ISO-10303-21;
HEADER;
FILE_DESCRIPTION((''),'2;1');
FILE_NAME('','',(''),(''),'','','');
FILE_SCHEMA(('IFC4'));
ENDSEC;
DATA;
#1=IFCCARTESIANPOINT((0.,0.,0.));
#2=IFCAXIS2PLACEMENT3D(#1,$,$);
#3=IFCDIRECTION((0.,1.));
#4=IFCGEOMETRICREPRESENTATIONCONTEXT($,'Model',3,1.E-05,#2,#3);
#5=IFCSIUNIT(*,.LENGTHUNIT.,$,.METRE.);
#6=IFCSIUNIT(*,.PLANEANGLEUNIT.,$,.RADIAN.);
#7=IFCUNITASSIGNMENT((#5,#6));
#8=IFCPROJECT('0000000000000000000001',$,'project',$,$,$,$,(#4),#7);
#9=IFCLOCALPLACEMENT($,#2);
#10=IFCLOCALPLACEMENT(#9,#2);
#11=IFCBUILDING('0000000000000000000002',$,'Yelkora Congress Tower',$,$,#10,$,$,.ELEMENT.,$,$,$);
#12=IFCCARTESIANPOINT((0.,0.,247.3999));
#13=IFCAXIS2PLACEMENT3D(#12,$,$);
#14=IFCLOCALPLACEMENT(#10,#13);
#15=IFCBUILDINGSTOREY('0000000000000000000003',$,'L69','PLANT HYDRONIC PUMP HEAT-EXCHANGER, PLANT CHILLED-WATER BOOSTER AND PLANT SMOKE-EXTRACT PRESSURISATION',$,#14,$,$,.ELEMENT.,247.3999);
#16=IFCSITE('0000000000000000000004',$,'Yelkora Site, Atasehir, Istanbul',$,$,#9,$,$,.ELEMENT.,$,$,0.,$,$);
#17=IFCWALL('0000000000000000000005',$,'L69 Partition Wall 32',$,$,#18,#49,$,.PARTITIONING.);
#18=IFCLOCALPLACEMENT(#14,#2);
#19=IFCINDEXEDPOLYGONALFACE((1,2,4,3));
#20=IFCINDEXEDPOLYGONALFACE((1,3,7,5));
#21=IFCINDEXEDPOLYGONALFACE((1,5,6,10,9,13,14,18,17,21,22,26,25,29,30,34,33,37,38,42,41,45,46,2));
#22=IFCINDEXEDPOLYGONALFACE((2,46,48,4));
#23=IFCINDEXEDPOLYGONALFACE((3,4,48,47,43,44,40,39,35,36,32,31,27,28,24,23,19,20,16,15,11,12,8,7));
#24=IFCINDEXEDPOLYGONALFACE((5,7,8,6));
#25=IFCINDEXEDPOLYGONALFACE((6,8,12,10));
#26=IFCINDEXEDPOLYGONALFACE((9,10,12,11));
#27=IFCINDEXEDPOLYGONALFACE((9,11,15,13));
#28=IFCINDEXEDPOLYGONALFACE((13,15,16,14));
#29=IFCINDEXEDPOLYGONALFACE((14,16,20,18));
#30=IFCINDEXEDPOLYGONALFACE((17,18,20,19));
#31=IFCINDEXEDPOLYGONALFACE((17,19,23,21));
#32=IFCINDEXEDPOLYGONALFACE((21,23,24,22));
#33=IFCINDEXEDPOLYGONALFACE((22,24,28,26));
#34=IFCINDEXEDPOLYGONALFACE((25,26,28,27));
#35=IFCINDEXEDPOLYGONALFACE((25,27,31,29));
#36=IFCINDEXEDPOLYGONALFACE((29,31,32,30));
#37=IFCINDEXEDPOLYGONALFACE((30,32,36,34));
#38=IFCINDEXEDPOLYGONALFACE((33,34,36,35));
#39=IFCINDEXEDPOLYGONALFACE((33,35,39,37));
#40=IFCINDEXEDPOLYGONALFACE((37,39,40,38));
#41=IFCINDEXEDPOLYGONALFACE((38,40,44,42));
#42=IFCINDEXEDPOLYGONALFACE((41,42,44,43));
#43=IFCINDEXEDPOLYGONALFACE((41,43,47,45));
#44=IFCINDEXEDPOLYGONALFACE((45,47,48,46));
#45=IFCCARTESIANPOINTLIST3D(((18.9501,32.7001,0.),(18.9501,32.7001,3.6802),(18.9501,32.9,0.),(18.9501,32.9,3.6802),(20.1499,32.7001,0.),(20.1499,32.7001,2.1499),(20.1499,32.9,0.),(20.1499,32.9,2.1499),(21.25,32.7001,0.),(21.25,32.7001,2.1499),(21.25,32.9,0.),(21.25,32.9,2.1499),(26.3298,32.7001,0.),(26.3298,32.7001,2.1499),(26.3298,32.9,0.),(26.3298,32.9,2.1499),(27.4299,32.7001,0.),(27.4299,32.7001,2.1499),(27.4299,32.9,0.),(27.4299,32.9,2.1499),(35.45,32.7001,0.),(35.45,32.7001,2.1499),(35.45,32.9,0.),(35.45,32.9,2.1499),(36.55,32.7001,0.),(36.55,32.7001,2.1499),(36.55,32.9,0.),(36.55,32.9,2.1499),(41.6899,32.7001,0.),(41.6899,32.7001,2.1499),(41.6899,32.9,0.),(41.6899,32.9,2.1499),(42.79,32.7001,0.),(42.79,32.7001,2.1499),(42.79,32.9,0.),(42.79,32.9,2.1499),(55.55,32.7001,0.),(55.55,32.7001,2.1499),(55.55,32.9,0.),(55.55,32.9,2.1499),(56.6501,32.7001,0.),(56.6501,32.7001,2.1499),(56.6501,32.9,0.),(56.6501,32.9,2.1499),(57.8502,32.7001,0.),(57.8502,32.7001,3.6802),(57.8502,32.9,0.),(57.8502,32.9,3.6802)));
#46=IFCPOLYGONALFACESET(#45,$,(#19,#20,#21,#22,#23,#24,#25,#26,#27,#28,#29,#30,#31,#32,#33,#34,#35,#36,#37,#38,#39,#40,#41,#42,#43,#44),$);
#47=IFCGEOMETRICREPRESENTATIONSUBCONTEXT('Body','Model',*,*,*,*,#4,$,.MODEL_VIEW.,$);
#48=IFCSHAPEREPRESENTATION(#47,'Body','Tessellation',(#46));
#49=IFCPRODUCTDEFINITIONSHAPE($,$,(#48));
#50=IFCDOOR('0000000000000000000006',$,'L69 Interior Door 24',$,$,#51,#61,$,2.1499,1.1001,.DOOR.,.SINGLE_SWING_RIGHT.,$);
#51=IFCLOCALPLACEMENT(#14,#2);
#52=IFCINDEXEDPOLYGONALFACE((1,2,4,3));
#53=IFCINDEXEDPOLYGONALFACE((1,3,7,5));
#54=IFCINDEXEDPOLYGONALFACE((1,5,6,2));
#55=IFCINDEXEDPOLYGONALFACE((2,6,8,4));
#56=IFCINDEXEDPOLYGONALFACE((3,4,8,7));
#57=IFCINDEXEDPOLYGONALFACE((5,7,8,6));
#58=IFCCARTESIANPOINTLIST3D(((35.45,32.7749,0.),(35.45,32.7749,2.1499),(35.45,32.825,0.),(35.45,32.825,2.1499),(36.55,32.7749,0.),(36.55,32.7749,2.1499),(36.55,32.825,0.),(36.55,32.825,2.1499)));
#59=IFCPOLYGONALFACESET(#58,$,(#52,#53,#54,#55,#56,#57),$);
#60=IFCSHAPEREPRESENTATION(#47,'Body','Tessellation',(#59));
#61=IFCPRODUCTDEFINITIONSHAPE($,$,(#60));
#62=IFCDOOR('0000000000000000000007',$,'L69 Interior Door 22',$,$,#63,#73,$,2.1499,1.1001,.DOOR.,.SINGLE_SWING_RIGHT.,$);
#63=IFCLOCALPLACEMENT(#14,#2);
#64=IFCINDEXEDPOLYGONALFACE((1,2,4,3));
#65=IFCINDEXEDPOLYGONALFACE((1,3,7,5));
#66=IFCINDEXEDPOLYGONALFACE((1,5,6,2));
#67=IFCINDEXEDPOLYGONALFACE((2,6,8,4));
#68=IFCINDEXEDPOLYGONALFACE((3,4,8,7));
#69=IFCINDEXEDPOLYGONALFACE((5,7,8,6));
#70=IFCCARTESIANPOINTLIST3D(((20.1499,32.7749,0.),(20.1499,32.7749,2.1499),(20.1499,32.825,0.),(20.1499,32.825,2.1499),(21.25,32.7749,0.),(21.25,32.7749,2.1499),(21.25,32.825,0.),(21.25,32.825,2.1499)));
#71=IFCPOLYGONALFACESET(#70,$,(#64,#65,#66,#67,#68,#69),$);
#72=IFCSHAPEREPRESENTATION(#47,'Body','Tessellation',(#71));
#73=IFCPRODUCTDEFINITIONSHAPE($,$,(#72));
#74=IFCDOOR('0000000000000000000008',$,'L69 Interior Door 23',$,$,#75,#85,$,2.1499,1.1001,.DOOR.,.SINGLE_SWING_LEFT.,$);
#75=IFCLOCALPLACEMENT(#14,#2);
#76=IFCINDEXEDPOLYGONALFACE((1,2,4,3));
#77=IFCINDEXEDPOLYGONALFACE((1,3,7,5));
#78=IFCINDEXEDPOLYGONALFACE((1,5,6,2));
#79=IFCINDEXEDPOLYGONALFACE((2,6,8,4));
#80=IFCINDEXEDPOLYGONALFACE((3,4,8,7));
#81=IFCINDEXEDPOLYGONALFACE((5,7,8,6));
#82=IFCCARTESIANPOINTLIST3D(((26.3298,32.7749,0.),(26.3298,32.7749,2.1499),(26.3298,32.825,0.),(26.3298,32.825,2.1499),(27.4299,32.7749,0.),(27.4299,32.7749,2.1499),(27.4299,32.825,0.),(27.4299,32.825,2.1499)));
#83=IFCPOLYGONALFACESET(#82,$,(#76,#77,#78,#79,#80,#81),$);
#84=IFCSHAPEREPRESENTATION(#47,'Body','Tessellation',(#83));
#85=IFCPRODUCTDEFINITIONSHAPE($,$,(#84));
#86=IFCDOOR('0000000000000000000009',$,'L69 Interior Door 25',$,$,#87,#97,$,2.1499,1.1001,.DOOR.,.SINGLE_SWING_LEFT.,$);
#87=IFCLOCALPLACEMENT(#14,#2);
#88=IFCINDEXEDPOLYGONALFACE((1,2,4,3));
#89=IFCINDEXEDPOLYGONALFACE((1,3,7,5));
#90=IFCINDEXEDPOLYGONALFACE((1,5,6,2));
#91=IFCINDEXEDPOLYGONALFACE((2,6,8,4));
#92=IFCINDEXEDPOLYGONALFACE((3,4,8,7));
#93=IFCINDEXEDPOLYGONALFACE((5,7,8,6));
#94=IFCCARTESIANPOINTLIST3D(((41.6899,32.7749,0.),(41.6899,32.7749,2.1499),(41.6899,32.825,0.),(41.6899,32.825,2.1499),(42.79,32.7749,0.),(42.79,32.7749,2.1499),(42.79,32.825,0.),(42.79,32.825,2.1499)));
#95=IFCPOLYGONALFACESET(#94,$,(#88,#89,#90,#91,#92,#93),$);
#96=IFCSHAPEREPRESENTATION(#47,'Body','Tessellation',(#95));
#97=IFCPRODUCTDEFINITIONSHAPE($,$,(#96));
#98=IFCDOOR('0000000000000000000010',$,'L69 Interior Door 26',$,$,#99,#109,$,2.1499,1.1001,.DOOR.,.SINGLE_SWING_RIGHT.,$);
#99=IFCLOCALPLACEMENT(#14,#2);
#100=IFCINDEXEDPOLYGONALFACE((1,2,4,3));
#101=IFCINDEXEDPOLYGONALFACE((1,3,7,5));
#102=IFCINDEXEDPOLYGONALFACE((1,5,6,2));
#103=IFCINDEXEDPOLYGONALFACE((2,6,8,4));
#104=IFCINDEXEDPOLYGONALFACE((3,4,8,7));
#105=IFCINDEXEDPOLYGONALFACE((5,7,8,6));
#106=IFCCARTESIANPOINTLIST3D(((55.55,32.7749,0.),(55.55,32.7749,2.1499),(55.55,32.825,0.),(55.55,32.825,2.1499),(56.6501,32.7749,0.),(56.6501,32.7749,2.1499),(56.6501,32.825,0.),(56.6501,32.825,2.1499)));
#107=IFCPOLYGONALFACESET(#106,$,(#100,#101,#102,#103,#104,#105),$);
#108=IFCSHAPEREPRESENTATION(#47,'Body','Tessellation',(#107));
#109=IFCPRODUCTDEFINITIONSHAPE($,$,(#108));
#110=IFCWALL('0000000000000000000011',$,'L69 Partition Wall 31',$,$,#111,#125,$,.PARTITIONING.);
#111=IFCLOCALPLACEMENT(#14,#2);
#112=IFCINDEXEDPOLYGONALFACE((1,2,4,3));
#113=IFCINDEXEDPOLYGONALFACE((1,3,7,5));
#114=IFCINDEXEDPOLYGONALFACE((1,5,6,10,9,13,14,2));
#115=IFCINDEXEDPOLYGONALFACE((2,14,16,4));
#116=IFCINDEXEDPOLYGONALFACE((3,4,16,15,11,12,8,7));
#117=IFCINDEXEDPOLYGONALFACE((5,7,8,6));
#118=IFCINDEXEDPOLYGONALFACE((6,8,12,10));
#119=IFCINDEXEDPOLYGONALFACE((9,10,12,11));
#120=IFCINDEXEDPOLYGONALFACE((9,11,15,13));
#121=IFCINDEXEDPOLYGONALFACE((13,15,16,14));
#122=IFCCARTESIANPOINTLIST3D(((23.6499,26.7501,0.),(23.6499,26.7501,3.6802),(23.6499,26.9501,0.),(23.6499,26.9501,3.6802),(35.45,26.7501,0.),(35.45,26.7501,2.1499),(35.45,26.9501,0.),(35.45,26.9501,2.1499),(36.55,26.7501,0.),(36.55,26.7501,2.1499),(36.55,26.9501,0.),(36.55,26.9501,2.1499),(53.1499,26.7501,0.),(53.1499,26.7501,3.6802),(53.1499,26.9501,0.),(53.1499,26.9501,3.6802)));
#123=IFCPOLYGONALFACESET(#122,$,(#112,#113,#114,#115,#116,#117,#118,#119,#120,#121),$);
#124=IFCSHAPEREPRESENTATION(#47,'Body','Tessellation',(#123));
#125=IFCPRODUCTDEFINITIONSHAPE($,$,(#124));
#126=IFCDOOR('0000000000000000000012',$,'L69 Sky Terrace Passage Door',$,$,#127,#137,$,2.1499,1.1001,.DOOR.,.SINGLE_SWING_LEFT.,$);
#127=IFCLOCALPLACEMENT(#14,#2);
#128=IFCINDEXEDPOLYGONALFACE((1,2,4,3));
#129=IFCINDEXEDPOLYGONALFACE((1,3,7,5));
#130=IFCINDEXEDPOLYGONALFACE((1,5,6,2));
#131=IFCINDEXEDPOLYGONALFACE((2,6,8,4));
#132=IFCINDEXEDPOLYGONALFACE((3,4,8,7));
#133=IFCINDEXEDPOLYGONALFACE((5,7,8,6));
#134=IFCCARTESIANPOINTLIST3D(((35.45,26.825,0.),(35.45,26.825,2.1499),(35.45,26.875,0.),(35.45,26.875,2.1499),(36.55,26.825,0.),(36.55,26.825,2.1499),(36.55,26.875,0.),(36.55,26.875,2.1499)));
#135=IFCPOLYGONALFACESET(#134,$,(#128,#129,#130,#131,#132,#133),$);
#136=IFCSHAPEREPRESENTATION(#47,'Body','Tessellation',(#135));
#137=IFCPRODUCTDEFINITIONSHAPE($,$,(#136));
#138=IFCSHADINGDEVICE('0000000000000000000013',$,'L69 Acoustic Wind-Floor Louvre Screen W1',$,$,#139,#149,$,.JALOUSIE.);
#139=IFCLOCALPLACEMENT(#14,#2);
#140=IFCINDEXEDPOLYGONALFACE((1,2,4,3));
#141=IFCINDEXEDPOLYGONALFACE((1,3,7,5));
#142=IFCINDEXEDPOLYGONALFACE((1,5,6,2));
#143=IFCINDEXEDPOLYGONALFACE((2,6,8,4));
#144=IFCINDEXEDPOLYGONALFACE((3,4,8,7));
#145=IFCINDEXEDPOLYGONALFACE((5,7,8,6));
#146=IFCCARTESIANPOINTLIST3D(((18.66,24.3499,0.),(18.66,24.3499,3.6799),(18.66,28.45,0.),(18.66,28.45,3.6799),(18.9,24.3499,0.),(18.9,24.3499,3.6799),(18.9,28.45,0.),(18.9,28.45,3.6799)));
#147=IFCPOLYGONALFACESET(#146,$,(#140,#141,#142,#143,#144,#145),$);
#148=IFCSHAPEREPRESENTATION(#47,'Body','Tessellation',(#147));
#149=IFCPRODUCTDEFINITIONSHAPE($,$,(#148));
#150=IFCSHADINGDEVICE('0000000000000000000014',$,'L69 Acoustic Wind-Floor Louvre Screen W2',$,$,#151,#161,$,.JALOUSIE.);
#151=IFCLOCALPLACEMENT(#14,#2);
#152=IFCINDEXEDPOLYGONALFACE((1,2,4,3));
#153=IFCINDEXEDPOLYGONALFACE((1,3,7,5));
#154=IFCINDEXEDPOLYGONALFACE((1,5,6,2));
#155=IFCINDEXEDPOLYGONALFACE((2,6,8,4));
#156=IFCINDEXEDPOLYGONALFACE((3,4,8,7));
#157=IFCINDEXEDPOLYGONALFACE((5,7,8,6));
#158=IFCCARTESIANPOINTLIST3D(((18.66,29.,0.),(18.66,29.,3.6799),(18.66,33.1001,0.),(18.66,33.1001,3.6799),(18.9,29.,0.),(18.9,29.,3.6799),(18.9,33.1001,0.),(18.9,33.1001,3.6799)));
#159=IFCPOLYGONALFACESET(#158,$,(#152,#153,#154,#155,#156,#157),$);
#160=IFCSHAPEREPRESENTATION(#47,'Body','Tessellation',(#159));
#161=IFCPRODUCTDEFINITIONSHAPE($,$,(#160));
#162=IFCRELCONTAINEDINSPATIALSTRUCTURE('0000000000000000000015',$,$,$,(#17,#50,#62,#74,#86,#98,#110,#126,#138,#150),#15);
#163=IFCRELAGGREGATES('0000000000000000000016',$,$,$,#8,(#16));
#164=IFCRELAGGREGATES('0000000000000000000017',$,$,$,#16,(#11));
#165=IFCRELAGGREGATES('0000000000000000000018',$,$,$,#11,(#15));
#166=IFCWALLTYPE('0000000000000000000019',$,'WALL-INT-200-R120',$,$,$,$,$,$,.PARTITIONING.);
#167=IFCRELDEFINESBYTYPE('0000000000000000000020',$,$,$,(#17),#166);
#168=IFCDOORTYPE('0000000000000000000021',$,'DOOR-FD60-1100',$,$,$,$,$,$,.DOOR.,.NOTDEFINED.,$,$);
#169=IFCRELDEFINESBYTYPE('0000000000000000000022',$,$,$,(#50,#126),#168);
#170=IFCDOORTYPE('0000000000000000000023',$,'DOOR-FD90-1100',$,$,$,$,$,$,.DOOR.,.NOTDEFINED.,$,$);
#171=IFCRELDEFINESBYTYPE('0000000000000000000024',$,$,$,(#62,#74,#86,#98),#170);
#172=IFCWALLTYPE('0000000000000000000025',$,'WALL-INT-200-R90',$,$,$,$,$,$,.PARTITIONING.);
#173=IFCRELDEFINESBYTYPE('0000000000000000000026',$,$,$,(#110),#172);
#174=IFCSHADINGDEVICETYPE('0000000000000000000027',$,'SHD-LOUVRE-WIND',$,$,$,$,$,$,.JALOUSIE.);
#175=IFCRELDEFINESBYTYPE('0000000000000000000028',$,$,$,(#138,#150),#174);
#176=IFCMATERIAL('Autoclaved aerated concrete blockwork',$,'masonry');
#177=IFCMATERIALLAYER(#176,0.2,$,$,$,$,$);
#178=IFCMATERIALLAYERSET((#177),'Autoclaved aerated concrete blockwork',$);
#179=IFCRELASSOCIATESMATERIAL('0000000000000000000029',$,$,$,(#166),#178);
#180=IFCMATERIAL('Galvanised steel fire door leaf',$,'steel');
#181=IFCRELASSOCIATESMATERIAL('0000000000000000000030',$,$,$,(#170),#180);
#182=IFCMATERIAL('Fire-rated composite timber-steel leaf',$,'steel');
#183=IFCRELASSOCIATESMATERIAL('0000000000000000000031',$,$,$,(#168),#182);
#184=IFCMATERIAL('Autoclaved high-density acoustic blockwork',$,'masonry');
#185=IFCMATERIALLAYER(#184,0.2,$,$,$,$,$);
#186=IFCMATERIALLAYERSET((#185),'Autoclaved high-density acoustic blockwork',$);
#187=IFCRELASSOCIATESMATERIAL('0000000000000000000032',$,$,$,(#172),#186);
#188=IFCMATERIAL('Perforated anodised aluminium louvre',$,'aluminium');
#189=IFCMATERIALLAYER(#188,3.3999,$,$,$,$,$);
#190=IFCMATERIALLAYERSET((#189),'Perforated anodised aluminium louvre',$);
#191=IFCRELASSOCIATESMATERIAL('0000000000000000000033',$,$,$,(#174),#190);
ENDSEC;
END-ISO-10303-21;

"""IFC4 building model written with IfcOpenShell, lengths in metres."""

from ifc_helpers import new_model, si_unit, direction, frame, frame_2d, origin, origin_2d, place, context, subcontext, project, spatial, rectangle, extrude, material, layer, layer_set, type_object, element, fill, save


model = new_model("IFC4")

# Units and contexts
model_context = context("Model", 3, precision=1e-05, world=origin(), true_north=direction((0.0, 1.0)))
body_context = subcontext(model_context, "Body", "Model", "MODEL_VIEW")
ifc_project = project(units=[si_unit("LENGTHUNIT", "METRE"), si_unit("PLANEANGLEUNIT", "RADIAN")], contexts=[model_context])

# Site, building, storey
site_placement = place(None, origin())
site = spatial("IfcSite", under=ifc_project, at=site_placement, Name="Yelkora Site, Atasehir, Istanbul", CompositionType="ELEMENT", RefElevation=0.0)
building_placement = place(site_placement, origin())
building = spatial("IfcBuilding", under=site, at=building_placement, Name="Yelkora Congress Tower", CompositionType="ELEMENT")
storey_placement = place(building_placement, frame((0.0, 0.0, 247.3999)))
storey = spatial("IfcBuildingStorey", under=building, at=storey_placement, Name="L69", Description="PLANT HYDRONIC PUMP HEAT-EXCHANGER, PLANT CHILLED-WATER BOOSTER AND PLANT SMOKE-EXTRACT PRESSURISATION", CompositionType="ELEMENT", Elevation=247.3999)

# Shared definitions
ifc_material_1 = material(Name="Autoclaved aerated concrete blockwork", Category="masonry")
ifc_layer_1 = layer(ifc_material_1, 0.2)
ifc_layer_set_1 = layer_set([ifc_layer_1], Name="Autoclaved aerated concrete blockwork")
wall_type_1 = type_object("IfcWallType", Name="WALL-INT-200-R120", PredefinedType="PARTITIONING", material=ifc_layer_set_1)
ifc_material_2 = material(Name="Galvanised steel fire door leaf", Category="steel")
door_type_1 = type_object("IfcDoorType", Name="DOOR-FD90-1100", OperationType="NOTDEFINED", PredefinedType="DOOR", material=ifc_material_2)

# Wall, openings, doors
wall_1_placement = place(storey_placement, frame((18.95, 32.8, 0.0), z_axis=(0.0, 0.0, 1.0), x_axis=(1.0, 0.0, 0.0)))
wall_1 = element("IfcWall", 1, at=wall_1_placement, inside=storey, type_object=wall_type_1, Name="L69 Partition Wall 32", PredefinedType="PARTITIONING", context=body_context, shape_type="SweptSolid", body=[
    extrude(rectangle(XDim=38.9001, YDim=0.2, at=frame_2d((19.4502, 0.0))), origin(), (0.0, 0.0, 1.0), 3.6802),
])
opening_1_placement = place(wall_1_placement, frame((1.2, 0.0, 0.0)))
opening_1 = element("IfcOpeningElement", 2, at=opening_1_placement, cuts=wall_1, PredefinedType="OPENING", context=body_context, shape_type="SweptSolid", body=[
    extrude(rectangle(XDim=1.1001, YDim=2.1499, at=frame_2d((0.55, 1.075))), frame((0.0, 0.1099, 0.0), z_axis=(0.0, -1.0, 0.0), x_axis=(1.0, 0.0, 0.0)), (0.0, 0.0, 1.0), 0.22),
])
opening_2_placement = place(wall_1_placement, frame((7.3799, 0.0, 0.0)))
opening_2 = element("IfcOpeningElement", 3, at=opening_2_placement, cuts=wall_1, PredefinedType="OPENING", context=body_context, shape_type="SweptSolid", body=[
    extrude(rectangle(XDim=1.1001, YDim=2.1499, at=frame_2d((0.55, 1.075))), frame((0.0, 0.1099, 0.0), z_axis=(0.0, -1.0, 0.0), x_axis=(1.0, 0.0, 0.0)), (0.0, 0.0, 1.0), 0.22),
])
opening_3_placement = place(wall_1_placement, frame((16.5, 0.0, 0.0)))
opening_3 = element("IfcOpeningElement", 4, at=opening_3_placement, cuts=wall_1, PredefinedType="OPENING", context=body_context, shape_type="SweptSolid", body=[
    extrude(rectangle(XDim=1.1001, YDim=2.1499, at=frame_2d((0.55, 1.075))), frame((0.0, 0.1099, 0.0), z_axis=(0.0, -1.0, 0.0), x_axis=(1.0, 0.0, 0.0)), (0.0, 0.0, 1.0), 0.22),
])
opening_4_placement = place(wall_1_placement, frame((22.74, 0.0, 0.0)))
opening_4 = element("IfcOpeningElement", 5, at=opening_4_placement, cuts=wall_1, PredefinedType="OPENING", context=body_context, shape_type="SweptSolid", body=[
    extrude(rectangle(XDim=1.1001, YDim=2.1499, at=frame_2d((0.55, 1.075))), frame((0.0, 0.1099, 0.0), z_axis=(0.0, -1.0, 0.0), x_axis=(1.0, 0.0, 0.0)), (0.0, 0.0, 1.0), 0.22),
])
opening_5_placement = place(wall_1_placement, frame((36.6001, 0.0, 0.0)))
opening_5 = element("IfcOpeningElement", 6, at=opening_5_placement, cuts=wall_1, PredefinedType="OPENING", context=body_context, shape_type="SweptSolid", body=[
    extrude(rectangle(XDim=1.1001, YDim=2.1499, at=frame_2d((0.55, 1.075))), frame((0.0, 0.1099, 0.0), z_axis=(0.0, -1.0, 0.0), x_axis=(1.0, 0.0, 0.0)), (0.0, 0.0, 1.0), 0.22),
])
ifc_material_3 = material(Name="Fire-rated composite timber-steel leaf", Category="steel")
door_type_2 = type_object("IfcDoorType", Name="DOOR-FD60-1100", OperationType="NOTDEFINED", PredefinedType="DOOR", material=ifc_material_3)
door_1_placement = place(opening_3_placement, origin())
door_1 = element("IfcDoor", 7, at=door_1_placement, inside=storey, type_object=door_type_2, Name="L69 Interior Door 24", OperationType="SINGLE_SWING_RIGHT", OverallHeight=2.1499, OverallWidth=1.1001, PredefinedType="DOOR", context=body_context, shape_type="SweptSolid", body=[
    extrude(rectangle(XDim=1.1001, YDim=2.1499, at=frame_2d((0.55, 1.075))), frame((0.0, 0.0249, 0.0), z_axis=(0.0, -1.0, 0.0), x_axis=(1.0, 0.0, 0.0)), (0.0, 0.0, 1.0), 0.05),
])
fill(opening_3, door_1)
door_2_placement = place(opening_1_placement, origin())
door_2 = element("IfcDoor", 8, at=door_2_placement, inside=storey, type_object=door_type_1, Name="L69 Interior Door 22", OperationType="SINGLE_SWING_RIGHT", OverallHeight=2.1499, OverallWidth=1.1001, PredefinedType="DOOR", context=body_context, shape_type="SweptSolid", body=[
    extrude(rectangle(XDim=1.1001, YDim=2.1499, at=frame_2d((0.55, 1.075))), frame((0.0, 0.0249, 0.0), z_axis=(0.0, -1.0, 0.0), x_axis=(1.0, 0.0, 0.0)), (0.0, 0.0, 1.0), 0.05),
])
fill(opening_1, door_2)
door_3_placement = place(opening_2_placement, origin())
door_3 = element("IfcDoor", 9, at=door_3_placement, inside=storey, type_object=door_type_1, Name="L69 Interior Door 23", OperationType="SINGLE_SWING_LEFT", OverallHeight=2.1499, OverallWidth=1.1001, PredefinedType="DOOR", context=body_context, shape_type="SweptSolid", body=[
    extrude(rectangle(XDim=1.1001, YDim=2.1499, at=frame_2d((0.55, 1.075))), frame((0.0, 0.0249, 0.0), z_axis=(0.0, -1.0, 0.0), x_axis=(1.0, 0.0, 0.0)), (0.0, 0.0, 1.0), 0.05),
])
fill(opening_2, door_3)
door_4_placement = place(opening_4_placement, origin())
door_4 = element("IfcDoor", 10, at=door_4_placement, inside=storey, type_object=door_type_1, Name="L69 Interior Door 25", OperationType="SINGLE_SWING_LEFT", OverallHeight=2.1499, OverallWidth=1.1001, PredefinedType="DOOR", context=body_context, shape_type="SweptSolid", body=[
    extrude(rectangle(XDim=1.1001, YDim=2.1499, at=frame_2d((0.55, 1.075))), frame((0.0, 0.0249, 0.0), z_axis=(0.0, -1.0, 0.0), x_axis=(1.0, 0.0, 0.0)), (0.0, 0.0, 1.0), 0.05),
])
fill(opening_4, door_4)
door_5_placement = place(opening_5_placement, origin())
door_5 = element("IfcDoor", 11, at=door_5_placement, inside=storey, type_object=door_type_1, Name="L69 Interior Door 26", OperationType="SINGLE_SWING_RIGHT", OverallHeight=2.1499, OverallWidth=1.1001, PredefinedType="DOOR", context=body_context, shape_type="SweptSolid", body=[
    extrude(rectangle(XDim=1.1001, YDim=2.1499, at=frame_2d((0.55, 1.075))), frame((0.0, 0.0249, 0.0), z_axis=(0.0, -1.0, 0.0), x_axis=(1.0, 0.0, 0.0)), (0.0, 0.0, 1.0), 0.05),
])
fill(opening_5, door_5)

# Wall, opening, door
ifc_material_4 = material(Name="Autoclaved high-density acoustic blockwork", Category="masonry")
ifc_layer_2 = layer(ifc_material_4, 0.2)
ifc_layer_set_2 = layer_set([ifc_layer_2], Name="Autoclaved high-density acoustic blockwork")
wall_type_2 = type_object("IfcWallType", Name="WALL-INT-200-R90", PredefinedType="PARTITIONING", material=ifc_layer_set_2)
wall_2_placement = place(storey_placement, frame((23.6499, 26.8501, 0.0), z_axis=(0.0, 0.0, 1.0), x_axis=(1.0, 0.0, 0.0)))
wall_2 = element("IfcWall", 12, at=wall_2_placement, inside=storey, type_object=wall_type_2, Name="L69 Partition Wall 31", PredefinedType="PARTITIONING", context=body_context, shape_type="SweptSolid", body=[
    extrude(rectangle(XDim=29.5, YDim=0.2, at=frame_2d((14.75, 0.0))), origin(), (0.0, 0.0, 1.0), 3.6802),
])
opening_6_placement = place(wall_2_placement, frame((11.8, 0.0, 0.0)))
opening_6 = element("IfcOpeningElement", 13, at=opening_6_placement, cuts=wall_2, PredefinedType="OPENING", context=body_context, shape_type="SweptSolid", body=[
    extrude(rectangle(XDim=1.1001, YDim=2.1499, at=frame_2d((0.55, 1.075))), frame((0.0, 0.1099, 0.0), z_axis=(0.0, -1.0, 0.0), x_axis=(1.0, 0.0, 0.0)), (0.0, 0.0, 1.0), 0.22),
])
door_6_placement = place(opening_6_placement, origin())
door_6 = element("IfcDoor", 14, at=door_6_placement, inside=storey, type_object=door_type_2, Name="L69 Sky Terrace Passage Door", OperationType="SINGLE_SWING_LEFT", OverallHeight=2.1499, OverallWidth=1.1001, PredefinedType="DOOR", context=body_context, shape_type="SweptSolid", body=[
    extrude(rectangle(XDim=1.1001, YDim=2.1499, at=frame_2d((0.55, 1.075))), frame((0.0, 0.0249, 0.0), z_axis=(0.0, -1.0, 0.0), x_axis=(1.0, 0.0, 0.0)), (0.0, 0.0, 1.0), 0.05),
])
fill(opening_6, door_6)

# Shading devices
ifc_material_5 = material(Name="Perforated anodised aluminium louvre", Category="aluminium")
ifc_layer_3 = layer(ifc_material_5, 3.3999)
ifc_layer_set_3 = layer_set([ifc_layer_3], Name="Perforated anodised aluminium louvre")
shading_device_type = type_object("IfcShadingDeviceType", Name="SHD-LOUVRE-WIND", PredefinedType="JALOUSIE", material=ifc_layer_set_3)
for number, where, z_axis, x_axis, name in (
    (15, (18.78, 26.3999, 0.0), (0.0, 0.0, 1.0), (1.0, 0.0, 0.0), "L69 Acoustic Wind-Floor Louvre Screen W1"),
    (16, (18.78, 31.05, 0.0), (0.0, 0.0, 1.0), (1.0, 0.0, 0.0), "L69 Acoustic Wind-Floor Louvre Screen W2"),
):
    element("IfcShadingDevice", number, at=place(storey_placement, frame(where, z_axis=z_axis, x_axis=x_axis)), inside=storey, type_object=shading_device_type, Name=name, PredefinedType="JALOUSIE", context=body_context, shape_type="SweptSolid", body=[
        extrude(rectangle(XDim=0.24, YDim=4.1001, at=origin_2d()), origin(), (0.0, 0.0, 1.0), 3.6799),
    ])

save(model, "model.ifc")
